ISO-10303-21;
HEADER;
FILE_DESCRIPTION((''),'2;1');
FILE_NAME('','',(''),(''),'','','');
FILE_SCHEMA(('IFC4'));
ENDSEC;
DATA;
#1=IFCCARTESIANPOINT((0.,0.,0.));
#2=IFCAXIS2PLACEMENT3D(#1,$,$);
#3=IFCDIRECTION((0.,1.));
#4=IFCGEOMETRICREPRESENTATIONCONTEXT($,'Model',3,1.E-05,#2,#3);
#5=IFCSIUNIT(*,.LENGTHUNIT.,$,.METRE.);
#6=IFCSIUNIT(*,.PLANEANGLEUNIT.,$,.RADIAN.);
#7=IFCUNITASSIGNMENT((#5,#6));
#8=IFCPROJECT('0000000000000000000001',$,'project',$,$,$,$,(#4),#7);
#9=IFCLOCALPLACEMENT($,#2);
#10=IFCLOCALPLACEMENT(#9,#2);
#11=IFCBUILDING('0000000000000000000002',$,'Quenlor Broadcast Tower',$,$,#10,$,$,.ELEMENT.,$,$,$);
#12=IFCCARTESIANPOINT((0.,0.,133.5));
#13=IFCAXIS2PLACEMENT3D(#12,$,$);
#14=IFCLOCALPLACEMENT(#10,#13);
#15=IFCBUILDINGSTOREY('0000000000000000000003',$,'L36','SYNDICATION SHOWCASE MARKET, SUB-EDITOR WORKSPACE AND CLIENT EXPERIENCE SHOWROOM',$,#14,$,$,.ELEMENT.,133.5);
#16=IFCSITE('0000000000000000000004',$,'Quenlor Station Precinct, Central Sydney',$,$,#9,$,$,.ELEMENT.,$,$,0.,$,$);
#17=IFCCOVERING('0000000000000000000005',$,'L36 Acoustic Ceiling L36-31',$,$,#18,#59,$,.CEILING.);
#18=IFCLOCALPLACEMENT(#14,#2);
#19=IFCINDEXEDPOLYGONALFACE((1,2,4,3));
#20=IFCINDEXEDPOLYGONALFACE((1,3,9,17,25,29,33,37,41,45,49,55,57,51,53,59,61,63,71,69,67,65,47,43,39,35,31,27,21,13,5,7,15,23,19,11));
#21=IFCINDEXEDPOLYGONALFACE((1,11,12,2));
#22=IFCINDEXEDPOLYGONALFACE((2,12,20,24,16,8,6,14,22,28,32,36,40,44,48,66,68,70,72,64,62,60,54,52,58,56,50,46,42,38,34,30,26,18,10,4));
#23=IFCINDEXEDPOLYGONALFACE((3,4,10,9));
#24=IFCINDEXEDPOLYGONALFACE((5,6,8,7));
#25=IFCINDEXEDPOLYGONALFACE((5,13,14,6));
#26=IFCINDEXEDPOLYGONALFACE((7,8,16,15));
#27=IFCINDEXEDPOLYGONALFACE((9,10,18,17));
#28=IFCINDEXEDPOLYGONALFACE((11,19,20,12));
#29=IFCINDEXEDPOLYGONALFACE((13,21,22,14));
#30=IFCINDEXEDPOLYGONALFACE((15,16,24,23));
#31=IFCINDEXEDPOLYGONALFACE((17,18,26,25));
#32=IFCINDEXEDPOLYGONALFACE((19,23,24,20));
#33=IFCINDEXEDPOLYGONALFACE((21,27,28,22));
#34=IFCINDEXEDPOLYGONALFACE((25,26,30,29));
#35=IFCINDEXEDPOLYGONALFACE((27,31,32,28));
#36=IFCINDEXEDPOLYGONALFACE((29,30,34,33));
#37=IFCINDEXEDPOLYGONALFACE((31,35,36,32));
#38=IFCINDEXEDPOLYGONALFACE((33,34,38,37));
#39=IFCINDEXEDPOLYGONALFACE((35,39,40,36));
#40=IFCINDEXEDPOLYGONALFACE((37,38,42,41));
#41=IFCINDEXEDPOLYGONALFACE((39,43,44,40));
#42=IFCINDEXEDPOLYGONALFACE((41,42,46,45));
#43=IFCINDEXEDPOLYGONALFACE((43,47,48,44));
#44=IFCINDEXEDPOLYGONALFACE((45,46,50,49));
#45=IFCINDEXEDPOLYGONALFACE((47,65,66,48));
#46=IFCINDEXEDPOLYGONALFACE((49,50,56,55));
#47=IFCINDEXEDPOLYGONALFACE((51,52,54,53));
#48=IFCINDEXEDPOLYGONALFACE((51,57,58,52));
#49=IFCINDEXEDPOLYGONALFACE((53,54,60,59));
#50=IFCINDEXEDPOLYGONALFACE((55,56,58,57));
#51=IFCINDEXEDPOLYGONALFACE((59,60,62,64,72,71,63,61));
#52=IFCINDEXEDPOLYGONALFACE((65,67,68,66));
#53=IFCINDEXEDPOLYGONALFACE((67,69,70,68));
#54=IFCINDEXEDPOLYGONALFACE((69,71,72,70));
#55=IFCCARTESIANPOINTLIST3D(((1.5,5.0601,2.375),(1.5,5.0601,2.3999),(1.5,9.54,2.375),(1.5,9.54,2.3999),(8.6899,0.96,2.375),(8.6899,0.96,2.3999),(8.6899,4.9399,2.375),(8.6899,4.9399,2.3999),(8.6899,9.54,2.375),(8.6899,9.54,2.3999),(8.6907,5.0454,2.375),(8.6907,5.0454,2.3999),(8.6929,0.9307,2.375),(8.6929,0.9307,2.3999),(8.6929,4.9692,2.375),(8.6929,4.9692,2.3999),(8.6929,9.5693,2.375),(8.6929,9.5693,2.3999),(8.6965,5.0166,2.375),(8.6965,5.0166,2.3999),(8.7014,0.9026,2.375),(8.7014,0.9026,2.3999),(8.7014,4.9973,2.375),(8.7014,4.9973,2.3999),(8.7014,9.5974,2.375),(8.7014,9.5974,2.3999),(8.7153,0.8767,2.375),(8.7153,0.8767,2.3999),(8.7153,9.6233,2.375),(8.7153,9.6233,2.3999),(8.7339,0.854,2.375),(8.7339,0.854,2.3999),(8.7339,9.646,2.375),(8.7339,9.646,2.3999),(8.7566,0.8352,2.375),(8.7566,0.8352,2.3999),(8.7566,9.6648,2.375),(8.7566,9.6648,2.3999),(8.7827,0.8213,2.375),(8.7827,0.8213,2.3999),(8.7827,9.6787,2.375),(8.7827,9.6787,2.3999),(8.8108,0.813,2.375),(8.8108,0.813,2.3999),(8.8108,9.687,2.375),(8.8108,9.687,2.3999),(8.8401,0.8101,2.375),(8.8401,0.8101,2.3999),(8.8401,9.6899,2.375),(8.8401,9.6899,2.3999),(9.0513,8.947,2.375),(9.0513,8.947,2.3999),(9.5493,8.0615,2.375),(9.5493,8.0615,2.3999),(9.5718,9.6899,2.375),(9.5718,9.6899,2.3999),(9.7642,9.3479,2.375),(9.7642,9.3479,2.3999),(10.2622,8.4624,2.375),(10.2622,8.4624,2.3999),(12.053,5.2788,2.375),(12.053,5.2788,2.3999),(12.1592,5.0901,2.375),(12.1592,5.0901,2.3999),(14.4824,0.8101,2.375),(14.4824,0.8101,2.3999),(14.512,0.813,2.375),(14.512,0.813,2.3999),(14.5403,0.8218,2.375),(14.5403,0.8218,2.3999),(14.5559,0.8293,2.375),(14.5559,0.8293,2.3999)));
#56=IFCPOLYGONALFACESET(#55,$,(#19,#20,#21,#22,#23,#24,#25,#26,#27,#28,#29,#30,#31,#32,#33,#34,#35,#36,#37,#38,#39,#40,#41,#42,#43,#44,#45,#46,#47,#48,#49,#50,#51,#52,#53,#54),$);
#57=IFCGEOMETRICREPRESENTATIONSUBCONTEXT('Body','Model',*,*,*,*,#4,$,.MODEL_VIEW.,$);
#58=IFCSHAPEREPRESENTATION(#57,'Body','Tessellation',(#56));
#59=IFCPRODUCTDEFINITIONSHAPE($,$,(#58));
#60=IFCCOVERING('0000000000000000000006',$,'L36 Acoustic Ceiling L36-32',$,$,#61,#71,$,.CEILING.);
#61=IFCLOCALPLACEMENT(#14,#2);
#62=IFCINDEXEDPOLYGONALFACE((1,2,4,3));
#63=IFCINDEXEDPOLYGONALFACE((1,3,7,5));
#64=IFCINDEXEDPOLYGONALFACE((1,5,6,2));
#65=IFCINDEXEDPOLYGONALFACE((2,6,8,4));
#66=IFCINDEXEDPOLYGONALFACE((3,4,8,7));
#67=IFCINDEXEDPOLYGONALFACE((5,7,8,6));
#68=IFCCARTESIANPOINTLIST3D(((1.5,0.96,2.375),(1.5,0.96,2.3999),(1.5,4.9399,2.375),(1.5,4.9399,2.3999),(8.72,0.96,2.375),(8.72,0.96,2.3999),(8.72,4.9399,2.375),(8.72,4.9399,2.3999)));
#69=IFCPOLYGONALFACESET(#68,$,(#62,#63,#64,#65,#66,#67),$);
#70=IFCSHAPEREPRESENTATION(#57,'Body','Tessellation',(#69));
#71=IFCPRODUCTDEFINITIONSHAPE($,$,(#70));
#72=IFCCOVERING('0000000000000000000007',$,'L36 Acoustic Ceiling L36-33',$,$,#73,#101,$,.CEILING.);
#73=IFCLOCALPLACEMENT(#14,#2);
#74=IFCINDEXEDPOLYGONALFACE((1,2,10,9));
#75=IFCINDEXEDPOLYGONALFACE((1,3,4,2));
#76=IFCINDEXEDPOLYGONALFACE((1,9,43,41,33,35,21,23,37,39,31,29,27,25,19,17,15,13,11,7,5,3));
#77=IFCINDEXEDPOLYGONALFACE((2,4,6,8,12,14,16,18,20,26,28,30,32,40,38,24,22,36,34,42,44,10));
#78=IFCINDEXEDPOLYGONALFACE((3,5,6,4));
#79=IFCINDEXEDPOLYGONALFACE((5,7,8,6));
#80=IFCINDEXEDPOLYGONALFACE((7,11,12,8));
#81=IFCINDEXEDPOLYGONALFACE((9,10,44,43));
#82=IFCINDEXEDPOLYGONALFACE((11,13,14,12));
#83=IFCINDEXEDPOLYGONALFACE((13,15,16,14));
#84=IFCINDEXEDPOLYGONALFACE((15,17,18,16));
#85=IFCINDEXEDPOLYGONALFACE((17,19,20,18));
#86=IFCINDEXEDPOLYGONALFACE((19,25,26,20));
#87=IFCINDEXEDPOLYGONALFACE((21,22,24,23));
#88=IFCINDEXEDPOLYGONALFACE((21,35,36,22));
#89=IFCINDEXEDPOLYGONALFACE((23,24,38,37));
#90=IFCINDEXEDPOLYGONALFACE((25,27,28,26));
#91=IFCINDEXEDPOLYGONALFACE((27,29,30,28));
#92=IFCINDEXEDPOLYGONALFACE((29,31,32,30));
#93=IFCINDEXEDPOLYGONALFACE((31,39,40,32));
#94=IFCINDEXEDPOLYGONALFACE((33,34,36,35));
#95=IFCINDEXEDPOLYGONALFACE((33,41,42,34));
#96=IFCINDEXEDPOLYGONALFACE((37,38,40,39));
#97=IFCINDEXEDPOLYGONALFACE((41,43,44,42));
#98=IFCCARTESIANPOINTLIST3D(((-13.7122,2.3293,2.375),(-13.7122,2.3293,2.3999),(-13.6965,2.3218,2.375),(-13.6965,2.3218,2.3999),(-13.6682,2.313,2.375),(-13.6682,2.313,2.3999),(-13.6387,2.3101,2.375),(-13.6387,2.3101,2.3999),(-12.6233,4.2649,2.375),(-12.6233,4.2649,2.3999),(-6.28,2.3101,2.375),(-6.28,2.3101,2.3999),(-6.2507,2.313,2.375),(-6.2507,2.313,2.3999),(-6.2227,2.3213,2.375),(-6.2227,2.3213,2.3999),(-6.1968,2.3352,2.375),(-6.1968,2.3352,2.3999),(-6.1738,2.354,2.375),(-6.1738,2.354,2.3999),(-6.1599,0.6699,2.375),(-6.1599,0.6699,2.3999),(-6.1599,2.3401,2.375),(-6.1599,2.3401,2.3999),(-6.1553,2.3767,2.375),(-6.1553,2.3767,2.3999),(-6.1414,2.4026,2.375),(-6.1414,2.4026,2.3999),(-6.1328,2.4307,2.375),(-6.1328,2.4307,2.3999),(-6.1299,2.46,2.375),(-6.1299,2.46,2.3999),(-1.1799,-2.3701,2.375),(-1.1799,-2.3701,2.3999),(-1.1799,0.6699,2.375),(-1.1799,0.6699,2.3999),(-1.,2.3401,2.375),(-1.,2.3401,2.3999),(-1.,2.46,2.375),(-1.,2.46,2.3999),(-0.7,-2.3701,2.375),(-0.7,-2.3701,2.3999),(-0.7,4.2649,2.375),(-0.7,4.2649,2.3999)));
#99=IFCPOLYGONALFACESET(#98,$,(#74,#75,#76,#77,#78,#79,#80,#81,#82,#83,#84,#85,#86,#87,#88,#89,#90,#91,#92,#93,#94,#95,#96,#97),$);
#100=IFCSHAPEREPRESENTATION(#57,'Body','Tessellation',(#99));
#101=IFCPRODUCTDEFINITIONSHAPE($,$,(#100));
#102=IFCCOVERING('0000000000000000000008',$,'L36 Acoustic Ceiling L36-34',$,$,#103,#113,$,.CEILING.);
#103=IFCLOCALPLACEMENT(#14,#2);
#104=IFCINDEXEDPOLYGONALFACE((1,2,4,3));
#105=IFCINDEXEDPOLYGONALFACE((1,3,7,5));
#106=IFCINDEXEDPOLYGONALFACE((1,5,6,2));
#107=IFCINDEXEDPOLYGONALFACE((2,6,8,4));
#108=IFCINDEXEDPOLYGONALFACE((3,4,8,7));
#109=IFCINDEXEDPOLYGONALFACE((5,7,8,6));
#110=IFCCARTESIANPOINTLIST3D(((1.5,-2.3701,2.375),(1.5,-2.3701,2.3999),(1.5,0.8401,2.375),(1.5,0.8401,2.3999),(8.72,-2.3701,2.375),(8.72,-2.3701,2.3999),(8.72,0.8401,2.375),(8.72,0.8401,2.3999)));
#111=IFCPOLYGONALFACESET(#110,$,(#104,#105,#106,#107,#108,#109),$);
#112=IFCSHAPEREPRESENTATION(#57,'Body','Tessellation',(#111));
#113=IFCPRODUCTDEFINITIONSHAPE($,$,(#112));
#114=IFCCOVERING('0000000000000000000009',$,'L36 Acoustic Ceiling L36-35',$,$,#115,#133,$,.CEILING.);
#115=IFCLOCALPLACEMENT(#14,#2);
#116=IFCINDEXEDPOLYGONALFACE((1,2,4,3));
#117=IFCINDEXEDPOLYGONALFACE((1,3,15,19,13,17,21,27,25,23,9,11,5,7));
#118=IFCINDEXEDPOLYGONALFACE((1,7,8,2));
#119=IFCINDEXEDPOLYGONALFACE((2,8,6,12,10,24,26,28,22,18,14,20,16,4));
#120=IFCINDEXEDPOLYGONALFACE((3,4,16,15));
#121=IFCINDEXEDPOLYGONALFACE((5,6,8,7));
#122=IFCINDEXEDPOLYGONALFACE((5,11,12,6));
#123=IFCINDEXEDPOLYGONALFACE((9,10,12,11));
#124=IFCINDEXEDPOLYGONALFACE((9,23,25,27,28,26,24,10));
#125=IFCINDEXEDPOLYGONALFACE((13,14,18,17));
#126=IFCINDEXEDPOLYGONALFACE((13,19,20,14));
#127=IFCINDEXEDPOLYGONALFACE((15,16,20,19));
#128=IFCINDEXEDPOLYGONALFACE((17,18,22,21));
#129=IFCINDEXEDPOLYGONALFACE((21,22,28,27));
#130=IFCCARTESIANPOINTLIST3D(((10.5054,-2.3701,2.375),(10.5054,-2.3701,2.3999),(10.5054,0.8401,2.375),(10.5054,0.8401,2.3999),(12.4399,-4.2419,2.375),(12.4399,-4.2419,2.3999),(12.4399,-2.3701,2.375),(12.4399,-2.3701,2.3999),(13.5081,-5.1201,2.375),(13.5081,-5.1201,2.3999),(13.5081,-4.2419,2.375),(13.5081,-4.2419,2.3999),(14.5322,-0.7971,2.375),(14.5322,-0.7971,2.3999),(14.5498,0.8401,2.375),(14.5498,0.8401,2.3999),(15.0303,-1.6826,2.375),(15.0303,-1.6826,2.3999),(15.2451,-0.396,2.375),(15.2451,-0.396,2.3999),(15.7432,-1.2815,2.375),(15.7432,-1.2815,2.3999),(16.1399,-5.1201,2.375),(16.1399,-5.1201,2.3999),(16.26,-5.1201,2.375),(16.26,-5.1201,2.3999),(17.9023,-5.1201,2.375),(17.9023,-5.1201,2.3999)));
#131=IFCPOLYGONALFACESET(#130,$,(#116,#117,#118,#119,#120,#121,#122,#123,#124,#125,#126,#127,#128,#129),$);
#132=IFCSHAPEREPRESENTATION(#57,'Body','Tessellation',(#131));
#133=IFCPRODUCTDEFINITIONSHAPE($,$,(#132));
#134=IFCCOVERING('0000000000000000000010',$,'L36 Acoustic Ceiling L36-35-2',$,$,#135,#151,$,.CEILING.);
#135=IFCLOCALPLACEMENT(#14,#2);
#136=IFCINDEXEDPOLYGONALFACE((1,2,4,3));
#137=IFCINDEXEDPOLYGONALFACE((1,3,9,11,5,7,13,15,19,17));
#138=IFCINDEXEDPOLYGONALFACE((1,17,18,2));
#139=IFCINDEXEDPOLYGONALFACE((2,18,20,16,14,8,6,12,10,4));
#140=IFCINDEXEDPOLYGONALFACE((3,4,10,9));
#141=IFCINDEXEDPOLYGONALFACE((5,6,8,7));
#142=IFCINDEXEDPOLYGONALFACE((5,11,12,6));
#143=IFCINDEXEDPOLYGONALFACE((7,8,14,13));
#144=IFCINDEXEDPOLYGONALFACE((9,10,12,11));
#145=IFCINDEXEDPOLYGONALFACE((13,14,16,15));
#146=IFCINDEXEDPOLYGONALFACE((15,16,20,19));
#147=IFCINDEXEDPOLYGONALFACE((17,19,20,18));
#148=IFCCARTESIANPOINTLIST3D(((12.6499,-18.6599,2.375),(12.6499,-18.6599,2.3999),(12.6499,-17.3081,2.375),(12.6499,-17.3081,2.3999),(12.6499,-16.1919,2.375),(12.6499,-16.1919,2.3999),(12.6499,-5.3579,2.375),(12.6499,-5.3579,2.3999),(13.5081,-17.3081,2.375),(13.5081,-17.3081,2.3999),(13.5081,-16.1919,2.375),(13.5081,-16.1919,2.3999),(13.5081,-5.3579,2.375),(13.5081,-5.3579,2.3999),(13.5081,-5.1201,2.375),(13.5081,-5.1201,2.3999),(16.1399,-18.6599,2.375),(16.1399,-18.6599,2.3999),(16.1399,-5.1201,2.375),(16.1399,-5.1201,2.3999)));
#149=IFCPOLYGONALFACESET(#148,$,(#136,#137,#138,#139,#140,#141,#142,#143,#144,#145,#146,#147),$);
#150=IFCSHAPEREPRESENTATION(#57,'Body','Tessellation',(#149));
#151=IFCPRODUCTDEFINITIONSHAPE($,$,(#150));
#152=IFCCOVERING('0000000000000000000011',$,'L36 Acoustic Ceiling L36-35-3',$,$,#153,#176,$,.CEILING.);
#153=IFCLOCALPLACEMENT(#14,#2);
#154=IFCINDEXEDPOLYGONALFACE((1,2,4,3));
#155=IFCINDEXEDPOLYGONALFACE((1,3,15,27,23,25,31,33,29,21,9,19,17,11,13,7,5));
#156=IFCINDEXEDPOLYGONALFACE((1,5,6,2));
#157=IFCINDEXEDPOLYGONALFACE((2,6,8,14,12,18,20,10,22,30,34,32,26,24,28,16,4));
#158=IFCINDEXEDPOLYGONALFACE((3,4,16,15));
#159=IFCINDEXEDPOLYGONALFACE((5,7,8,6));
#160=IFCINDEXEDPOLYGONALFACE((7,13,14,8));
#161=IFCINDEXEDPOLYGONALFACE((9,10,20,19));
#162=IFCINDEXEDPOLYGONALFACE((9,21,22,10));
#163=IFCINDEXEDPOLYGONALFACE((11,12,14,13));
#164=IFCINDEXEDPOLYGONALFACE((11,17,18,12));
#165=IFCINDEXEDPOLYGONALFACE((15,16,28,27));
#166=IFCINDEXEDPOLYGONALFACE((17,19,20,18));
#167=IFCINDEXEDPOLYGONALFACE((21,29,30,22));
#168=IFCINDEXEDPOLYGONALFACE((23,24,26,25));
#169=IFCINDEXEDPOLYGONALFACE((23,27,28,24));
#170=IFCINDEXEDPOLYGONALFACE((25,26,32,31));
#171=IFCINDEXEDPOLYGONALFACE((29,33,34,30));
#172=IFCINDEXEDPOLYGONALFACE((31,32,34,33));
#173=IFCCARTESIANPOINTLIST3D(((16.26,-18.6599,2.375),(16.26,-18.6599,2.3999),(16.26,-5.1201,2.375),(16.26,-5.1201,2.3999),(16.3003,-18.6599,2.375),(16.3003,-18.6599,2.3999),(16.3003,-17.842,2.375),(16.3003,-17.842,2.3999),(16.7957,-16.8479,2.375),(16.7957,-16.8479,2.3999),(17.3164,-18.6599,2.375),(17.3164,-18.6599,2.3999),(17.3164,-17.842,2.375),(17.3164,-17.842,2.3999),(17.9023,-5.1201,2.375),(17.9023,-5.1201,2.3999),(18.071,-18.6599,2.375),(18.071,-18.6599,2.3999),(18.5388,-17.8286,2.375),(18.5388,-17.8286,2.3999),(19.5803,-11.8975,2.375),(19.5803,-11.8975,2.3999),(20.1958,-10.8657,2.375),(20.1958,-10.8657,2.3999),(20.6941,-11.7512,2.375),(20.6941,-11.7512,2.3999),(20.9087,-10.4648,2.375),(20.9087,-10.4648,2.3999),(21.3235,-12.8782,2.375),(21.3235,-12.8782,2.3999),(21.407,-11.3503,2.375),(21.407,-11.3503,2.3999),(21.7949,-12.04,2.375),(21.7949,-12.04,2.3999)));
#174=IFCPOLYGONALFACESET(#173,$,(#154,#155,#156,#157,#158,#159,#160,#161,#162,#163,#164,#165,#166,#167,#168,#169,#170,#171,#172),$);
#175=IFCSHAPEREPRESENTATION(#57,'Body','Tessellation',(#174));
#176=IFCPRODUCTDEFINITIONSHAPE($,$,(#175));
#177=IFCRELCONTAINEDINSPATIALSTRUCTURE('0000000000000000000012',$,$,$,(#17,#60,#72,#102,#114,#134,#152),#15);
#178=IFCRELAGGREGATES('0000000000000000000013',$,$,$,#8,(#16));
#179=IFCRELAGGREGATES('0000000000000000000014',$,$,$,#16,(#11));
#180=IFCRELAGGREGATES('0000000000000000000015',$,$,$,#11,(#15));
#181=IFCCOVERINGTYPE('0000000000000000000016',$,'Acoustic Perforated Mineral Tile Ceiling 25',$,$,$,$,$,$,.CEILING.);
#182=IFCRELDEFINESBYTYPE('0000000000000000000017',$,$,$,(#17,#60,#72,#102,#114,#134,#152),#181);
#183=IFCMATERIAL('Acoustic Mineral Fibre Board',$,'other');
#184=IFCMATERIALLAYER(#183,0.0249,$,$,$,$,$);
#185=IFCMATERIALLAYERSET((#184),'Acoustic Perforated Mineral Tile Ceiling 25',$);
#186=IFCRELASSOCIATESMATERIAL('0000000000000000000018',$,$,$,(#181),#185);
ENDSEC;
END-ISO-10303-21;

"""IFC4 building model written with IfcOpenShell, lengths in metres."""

from ifc_helpers import new_model, si_unit, direction, frame, origin, place, context, subcontext, project, spatial, polyline, outline, extrude, material, layer, layer_set, type_object, element, save


model = new_model("IFC4")

# Units and contexts
model_context = context("Model", 3, precision=1e-05, world=origin(), true_north=direction((0.0, 1.0)))
body_context = subcontext(model_context, "Body", "Model", "MODEL_VIEW")
ifc_project = project(units=[si_unit("LENGTHUNIT", "METRE"), si_unit("PLANEANGLEUNIT", "RADIAN")], contexts=[model_context])

# Site, building, storey
site_placement = place(None, origin())
site = spatial("IfcSite", under=ifc_project, at=site_placement, Name="Quenlor Station Precinct, Central Sydney", CompositionType="ELEMENT", RefElevation=0.0)
building_placement = place(site_placement, origin())
building = spatial("IfcBuilding", under=site, at=building_placement, Name="Quenlor Broadcast Tower", CompositionType="ELEMENT")
storey_placement = place(building_placement, frame((0.0, 0.0, 133.5)))
storey = spatial("IfcBuildingStorey", under=building, at=storey_placement, Name="L36", Description="SYNDICATION SHOWCASE MARKET, SUB-EDITOR WORKSPACE AND CLIENT EXPERIENCE SHOWROOM", CompositionType="ELEMENT", Elevation=133.5)

# Coverings
ifc_material_1 = material(Name="Acoustic Mineral Fibre Board", Category="other")
ifc_layer_1 = layer(ifc_material_1, 0.0249)
ifc_layer_set_1 = layer_set([ifc_layer_1], Name="Acoustic Perforated Mineral Tile Ceiling 25")
covering_type_1 = type_object("IfcCoveringType", Name="Acoustic Perforated Mineral Tile Ceiling 25", PredefinedType="CEILING", material=ifc_layer_set_1)
covering_1_placement = place(storey_placement, frame((0.0, 0.0, 2.375)))
element("IfcCovering", 1, at=covering_1_placement, inside=storey, type_object=covering_type_1, Name="L36 Acoustic Ceiling L36-31", PredefinedType="CEILING", context=body_context, shape_type="SweptSolid", body=[
    extrude(outline(polyline([(14.4824, 0.8101), (8.8401, 0.8101), (8.8108, 0.813), (8.7827, 0.8213), (8.7566, 0.8352), (8.7339, 0.854), (8.7153, 0.8767), (8.7014, 0.9026), (8.6929, 0.9307), (8.6899, 0.96), (8.6899, 4.9399), (8.6929, 4.9692), (8.7014, 4.9973), (8.6965, 5.0166), (8.6907, 5.0454), (1.5, 5.0601), (1.5, 9.54), (8.6899, 9.54), (8.6929, 9.5693), (8.7014, 9.5974), (8.7153, 9.6233), (8.7339, 9.646), (8.7566, 9.6648), (8.7827, 9.6787), (8.8108, 9.687), (8.8401, 9.6899), (9.5718, 9.6899), (9.7642, 9.3479), (9.0513, 8.947), (9.5493, 8.0615), (10.2622, 8.4624), (12.053, 5.2788), (12.1592, 5.0901), (14.5559, 0.8293), (14.5403, 0.8218), (14.512, 0.813), (14.4824, 0.8101)])), origin(), (0.0, 0.0, 1.0), 0.0249),
])
covering_2_placement = place(storey_placement, frame((0.0, 0.0, 2.375)))
element("IfcCovering", 2, at=covering_2_placement, inside=storey, type_object=covering_type_1, Name="L36 Acoustic Ceiling L36-32", PredefinedType="CEILING", context=body_context, shape_type="SweptSolid", body=[
    extrude(outline(polyline([(1.5, 0.96), (1.5, 4.9399), (8.72, 4.9399), (8.72, 0.96), (1.5, 0.96)])), origin(), (0.0, 0.0, 1.0), 0.0249),
])
covering_3_placement = place(storey_placement, frame((0.0, 0.0, 2.375)))
element("IfcCovering", 3, at=covering_3_placement, inside=storey, type_object=covering_type_1, Name="L36 Acoustic Ceiling L36-33", PredefinedType="CEILING", context=body_context, shape_type="SweptSolid", body=[
    extrude(outline(polyline([(-6.1599, 0.6699), (-6.1599, 2.3401), (-1.0, 2.3401), (-1.0, 2.46), (-6.1299, 2.46), (-6.1328, 2.4307), (-6.1414, 2.4026), (-6.1553, 2.3767), (-6.1738, 2.354), (-6.1968, 2.3352), (-6.2227, 2.3213), (-6.2507, 2.313), (-6.28, 2.3101), (-13.6387, 2.3101), (-13.6682, 2.313), (-13.6965, 2.3218), (-13.7122, 2.3293), (-12.6233, 4.2649), (-0.7, 4.2649), (-0.7, -2.3701), (-1.1799, -2.3701), (-1.1799, 0.6699), (-6.1599, 0.6699)])), origin(), (0.0, 0.0, 1.0), 0.0249),
])
covering_4_placement = place(storey_placement, frame((0.0, 0.0, 2.375)))
element("IfcCovering", 4, at=covering_4_placement, inside=storey, type_object=covering_type_1, Name="L36 Acoustic Ceiling L36-34", PredefinedType="CEILING", context=body_context, shape_type="SweptSolid", body=[
    extrude(outline(polyline([(8.72, -2.3701), (1.5, -2.3701), (1.5, 0.8401), (8.72, 0.8401), (8.72, -2.3701)])), origin(), (0.0, 0.0, 1.0), 0.0249),
])
covering_5_placement = place(storey_placement, frame((0.0, 0.0, 2.375)))
element("IfcCovering", 5, at=covering_5_placement, inside=storey, type_object=covering_type_1, Name="L36 Acoustic Ceiling L36-35", PredefinedType="CEILING", context=body_context, shape_type="SweptSolid", body=[
    extrude(outline(polyline([(13.5081, -4.2419), (12.4399, -4.2419), (12.4399, -2.3701), (10.5054, -2.3701), (10.5054, 0.8401), (14.5498, 0.8401), (15.2451, -0.396), (14.5322, -0.7971), (15.0303, -1.6826), (15.7432, -1.2815), (17.9023, -5.1201), (16.26, -5.1201), (16.1399, -5.1201), (13.5081, -5.1201), (13.5081, -4.2419)])), origin(), (0.0, 0.0, 1.0), 0.0249),
])
covering_6_placement = place(storey_placement, frame((0.0, 0.0, 2.375)))
element("IfcCovering", 6, at=covering_6_placement, inside=storey, type_object=covering_type_1, Name="L36 Acoustic Ceiling L36-35-2", PredefinedType="CEILING", context=body_context, shape_type="SweptSolid", body=[
    extrude(outline(polyline([(13.5081, -5.1201), (16.1399, -5.1201), (16.1399, -18.6599), (12.6499, -18.6599), (12.6499, -17.3081), (13.5081, -17.3081), (13.5081, -16.1919), (12.6499, -16.1919), (12.6499, -5.3579), (13.5081, -5.3579), (13.5081, -5.1201)])), origin(), (0.0, 0.0, 1.0), 0.0249),
])
covering_7_placement = place(storey_placement, frame((0.0, 0.0, 2.375)))
element("IfcCovering", 7, at=covering_7_placement, inside=storey, type_object=covering_type_1, Name="L36 Acoustic Ceiling L36-35-3", PredefinedType="CEILING", context=body_context, shape_type="SweptSolid", body=[
    extrude(outline(polyline([(20.9087, -10.4648), (20.1958, -10.8657), (20.6941, -11.7512), (21.407, -11.3503), (21.7949, -12.04), (21.3235, -12.8782), (19.5803, -11.8975), (16.7957, -16.8479), (18.5388, -17.8286), (18.071, -18.6599), (17.3164, -18.6599), (17.3164, -17.842), (16.3003, -17.842), (16.3003, -18.6599), (16.26, -18.6599), (16.26, -5.1201), (17.9023, -5.1201), (20.9087, -10.4648)])), origin(), (0.0, 0.0, 1.0), 0.0249),
])

save(model, "model.ifc")
